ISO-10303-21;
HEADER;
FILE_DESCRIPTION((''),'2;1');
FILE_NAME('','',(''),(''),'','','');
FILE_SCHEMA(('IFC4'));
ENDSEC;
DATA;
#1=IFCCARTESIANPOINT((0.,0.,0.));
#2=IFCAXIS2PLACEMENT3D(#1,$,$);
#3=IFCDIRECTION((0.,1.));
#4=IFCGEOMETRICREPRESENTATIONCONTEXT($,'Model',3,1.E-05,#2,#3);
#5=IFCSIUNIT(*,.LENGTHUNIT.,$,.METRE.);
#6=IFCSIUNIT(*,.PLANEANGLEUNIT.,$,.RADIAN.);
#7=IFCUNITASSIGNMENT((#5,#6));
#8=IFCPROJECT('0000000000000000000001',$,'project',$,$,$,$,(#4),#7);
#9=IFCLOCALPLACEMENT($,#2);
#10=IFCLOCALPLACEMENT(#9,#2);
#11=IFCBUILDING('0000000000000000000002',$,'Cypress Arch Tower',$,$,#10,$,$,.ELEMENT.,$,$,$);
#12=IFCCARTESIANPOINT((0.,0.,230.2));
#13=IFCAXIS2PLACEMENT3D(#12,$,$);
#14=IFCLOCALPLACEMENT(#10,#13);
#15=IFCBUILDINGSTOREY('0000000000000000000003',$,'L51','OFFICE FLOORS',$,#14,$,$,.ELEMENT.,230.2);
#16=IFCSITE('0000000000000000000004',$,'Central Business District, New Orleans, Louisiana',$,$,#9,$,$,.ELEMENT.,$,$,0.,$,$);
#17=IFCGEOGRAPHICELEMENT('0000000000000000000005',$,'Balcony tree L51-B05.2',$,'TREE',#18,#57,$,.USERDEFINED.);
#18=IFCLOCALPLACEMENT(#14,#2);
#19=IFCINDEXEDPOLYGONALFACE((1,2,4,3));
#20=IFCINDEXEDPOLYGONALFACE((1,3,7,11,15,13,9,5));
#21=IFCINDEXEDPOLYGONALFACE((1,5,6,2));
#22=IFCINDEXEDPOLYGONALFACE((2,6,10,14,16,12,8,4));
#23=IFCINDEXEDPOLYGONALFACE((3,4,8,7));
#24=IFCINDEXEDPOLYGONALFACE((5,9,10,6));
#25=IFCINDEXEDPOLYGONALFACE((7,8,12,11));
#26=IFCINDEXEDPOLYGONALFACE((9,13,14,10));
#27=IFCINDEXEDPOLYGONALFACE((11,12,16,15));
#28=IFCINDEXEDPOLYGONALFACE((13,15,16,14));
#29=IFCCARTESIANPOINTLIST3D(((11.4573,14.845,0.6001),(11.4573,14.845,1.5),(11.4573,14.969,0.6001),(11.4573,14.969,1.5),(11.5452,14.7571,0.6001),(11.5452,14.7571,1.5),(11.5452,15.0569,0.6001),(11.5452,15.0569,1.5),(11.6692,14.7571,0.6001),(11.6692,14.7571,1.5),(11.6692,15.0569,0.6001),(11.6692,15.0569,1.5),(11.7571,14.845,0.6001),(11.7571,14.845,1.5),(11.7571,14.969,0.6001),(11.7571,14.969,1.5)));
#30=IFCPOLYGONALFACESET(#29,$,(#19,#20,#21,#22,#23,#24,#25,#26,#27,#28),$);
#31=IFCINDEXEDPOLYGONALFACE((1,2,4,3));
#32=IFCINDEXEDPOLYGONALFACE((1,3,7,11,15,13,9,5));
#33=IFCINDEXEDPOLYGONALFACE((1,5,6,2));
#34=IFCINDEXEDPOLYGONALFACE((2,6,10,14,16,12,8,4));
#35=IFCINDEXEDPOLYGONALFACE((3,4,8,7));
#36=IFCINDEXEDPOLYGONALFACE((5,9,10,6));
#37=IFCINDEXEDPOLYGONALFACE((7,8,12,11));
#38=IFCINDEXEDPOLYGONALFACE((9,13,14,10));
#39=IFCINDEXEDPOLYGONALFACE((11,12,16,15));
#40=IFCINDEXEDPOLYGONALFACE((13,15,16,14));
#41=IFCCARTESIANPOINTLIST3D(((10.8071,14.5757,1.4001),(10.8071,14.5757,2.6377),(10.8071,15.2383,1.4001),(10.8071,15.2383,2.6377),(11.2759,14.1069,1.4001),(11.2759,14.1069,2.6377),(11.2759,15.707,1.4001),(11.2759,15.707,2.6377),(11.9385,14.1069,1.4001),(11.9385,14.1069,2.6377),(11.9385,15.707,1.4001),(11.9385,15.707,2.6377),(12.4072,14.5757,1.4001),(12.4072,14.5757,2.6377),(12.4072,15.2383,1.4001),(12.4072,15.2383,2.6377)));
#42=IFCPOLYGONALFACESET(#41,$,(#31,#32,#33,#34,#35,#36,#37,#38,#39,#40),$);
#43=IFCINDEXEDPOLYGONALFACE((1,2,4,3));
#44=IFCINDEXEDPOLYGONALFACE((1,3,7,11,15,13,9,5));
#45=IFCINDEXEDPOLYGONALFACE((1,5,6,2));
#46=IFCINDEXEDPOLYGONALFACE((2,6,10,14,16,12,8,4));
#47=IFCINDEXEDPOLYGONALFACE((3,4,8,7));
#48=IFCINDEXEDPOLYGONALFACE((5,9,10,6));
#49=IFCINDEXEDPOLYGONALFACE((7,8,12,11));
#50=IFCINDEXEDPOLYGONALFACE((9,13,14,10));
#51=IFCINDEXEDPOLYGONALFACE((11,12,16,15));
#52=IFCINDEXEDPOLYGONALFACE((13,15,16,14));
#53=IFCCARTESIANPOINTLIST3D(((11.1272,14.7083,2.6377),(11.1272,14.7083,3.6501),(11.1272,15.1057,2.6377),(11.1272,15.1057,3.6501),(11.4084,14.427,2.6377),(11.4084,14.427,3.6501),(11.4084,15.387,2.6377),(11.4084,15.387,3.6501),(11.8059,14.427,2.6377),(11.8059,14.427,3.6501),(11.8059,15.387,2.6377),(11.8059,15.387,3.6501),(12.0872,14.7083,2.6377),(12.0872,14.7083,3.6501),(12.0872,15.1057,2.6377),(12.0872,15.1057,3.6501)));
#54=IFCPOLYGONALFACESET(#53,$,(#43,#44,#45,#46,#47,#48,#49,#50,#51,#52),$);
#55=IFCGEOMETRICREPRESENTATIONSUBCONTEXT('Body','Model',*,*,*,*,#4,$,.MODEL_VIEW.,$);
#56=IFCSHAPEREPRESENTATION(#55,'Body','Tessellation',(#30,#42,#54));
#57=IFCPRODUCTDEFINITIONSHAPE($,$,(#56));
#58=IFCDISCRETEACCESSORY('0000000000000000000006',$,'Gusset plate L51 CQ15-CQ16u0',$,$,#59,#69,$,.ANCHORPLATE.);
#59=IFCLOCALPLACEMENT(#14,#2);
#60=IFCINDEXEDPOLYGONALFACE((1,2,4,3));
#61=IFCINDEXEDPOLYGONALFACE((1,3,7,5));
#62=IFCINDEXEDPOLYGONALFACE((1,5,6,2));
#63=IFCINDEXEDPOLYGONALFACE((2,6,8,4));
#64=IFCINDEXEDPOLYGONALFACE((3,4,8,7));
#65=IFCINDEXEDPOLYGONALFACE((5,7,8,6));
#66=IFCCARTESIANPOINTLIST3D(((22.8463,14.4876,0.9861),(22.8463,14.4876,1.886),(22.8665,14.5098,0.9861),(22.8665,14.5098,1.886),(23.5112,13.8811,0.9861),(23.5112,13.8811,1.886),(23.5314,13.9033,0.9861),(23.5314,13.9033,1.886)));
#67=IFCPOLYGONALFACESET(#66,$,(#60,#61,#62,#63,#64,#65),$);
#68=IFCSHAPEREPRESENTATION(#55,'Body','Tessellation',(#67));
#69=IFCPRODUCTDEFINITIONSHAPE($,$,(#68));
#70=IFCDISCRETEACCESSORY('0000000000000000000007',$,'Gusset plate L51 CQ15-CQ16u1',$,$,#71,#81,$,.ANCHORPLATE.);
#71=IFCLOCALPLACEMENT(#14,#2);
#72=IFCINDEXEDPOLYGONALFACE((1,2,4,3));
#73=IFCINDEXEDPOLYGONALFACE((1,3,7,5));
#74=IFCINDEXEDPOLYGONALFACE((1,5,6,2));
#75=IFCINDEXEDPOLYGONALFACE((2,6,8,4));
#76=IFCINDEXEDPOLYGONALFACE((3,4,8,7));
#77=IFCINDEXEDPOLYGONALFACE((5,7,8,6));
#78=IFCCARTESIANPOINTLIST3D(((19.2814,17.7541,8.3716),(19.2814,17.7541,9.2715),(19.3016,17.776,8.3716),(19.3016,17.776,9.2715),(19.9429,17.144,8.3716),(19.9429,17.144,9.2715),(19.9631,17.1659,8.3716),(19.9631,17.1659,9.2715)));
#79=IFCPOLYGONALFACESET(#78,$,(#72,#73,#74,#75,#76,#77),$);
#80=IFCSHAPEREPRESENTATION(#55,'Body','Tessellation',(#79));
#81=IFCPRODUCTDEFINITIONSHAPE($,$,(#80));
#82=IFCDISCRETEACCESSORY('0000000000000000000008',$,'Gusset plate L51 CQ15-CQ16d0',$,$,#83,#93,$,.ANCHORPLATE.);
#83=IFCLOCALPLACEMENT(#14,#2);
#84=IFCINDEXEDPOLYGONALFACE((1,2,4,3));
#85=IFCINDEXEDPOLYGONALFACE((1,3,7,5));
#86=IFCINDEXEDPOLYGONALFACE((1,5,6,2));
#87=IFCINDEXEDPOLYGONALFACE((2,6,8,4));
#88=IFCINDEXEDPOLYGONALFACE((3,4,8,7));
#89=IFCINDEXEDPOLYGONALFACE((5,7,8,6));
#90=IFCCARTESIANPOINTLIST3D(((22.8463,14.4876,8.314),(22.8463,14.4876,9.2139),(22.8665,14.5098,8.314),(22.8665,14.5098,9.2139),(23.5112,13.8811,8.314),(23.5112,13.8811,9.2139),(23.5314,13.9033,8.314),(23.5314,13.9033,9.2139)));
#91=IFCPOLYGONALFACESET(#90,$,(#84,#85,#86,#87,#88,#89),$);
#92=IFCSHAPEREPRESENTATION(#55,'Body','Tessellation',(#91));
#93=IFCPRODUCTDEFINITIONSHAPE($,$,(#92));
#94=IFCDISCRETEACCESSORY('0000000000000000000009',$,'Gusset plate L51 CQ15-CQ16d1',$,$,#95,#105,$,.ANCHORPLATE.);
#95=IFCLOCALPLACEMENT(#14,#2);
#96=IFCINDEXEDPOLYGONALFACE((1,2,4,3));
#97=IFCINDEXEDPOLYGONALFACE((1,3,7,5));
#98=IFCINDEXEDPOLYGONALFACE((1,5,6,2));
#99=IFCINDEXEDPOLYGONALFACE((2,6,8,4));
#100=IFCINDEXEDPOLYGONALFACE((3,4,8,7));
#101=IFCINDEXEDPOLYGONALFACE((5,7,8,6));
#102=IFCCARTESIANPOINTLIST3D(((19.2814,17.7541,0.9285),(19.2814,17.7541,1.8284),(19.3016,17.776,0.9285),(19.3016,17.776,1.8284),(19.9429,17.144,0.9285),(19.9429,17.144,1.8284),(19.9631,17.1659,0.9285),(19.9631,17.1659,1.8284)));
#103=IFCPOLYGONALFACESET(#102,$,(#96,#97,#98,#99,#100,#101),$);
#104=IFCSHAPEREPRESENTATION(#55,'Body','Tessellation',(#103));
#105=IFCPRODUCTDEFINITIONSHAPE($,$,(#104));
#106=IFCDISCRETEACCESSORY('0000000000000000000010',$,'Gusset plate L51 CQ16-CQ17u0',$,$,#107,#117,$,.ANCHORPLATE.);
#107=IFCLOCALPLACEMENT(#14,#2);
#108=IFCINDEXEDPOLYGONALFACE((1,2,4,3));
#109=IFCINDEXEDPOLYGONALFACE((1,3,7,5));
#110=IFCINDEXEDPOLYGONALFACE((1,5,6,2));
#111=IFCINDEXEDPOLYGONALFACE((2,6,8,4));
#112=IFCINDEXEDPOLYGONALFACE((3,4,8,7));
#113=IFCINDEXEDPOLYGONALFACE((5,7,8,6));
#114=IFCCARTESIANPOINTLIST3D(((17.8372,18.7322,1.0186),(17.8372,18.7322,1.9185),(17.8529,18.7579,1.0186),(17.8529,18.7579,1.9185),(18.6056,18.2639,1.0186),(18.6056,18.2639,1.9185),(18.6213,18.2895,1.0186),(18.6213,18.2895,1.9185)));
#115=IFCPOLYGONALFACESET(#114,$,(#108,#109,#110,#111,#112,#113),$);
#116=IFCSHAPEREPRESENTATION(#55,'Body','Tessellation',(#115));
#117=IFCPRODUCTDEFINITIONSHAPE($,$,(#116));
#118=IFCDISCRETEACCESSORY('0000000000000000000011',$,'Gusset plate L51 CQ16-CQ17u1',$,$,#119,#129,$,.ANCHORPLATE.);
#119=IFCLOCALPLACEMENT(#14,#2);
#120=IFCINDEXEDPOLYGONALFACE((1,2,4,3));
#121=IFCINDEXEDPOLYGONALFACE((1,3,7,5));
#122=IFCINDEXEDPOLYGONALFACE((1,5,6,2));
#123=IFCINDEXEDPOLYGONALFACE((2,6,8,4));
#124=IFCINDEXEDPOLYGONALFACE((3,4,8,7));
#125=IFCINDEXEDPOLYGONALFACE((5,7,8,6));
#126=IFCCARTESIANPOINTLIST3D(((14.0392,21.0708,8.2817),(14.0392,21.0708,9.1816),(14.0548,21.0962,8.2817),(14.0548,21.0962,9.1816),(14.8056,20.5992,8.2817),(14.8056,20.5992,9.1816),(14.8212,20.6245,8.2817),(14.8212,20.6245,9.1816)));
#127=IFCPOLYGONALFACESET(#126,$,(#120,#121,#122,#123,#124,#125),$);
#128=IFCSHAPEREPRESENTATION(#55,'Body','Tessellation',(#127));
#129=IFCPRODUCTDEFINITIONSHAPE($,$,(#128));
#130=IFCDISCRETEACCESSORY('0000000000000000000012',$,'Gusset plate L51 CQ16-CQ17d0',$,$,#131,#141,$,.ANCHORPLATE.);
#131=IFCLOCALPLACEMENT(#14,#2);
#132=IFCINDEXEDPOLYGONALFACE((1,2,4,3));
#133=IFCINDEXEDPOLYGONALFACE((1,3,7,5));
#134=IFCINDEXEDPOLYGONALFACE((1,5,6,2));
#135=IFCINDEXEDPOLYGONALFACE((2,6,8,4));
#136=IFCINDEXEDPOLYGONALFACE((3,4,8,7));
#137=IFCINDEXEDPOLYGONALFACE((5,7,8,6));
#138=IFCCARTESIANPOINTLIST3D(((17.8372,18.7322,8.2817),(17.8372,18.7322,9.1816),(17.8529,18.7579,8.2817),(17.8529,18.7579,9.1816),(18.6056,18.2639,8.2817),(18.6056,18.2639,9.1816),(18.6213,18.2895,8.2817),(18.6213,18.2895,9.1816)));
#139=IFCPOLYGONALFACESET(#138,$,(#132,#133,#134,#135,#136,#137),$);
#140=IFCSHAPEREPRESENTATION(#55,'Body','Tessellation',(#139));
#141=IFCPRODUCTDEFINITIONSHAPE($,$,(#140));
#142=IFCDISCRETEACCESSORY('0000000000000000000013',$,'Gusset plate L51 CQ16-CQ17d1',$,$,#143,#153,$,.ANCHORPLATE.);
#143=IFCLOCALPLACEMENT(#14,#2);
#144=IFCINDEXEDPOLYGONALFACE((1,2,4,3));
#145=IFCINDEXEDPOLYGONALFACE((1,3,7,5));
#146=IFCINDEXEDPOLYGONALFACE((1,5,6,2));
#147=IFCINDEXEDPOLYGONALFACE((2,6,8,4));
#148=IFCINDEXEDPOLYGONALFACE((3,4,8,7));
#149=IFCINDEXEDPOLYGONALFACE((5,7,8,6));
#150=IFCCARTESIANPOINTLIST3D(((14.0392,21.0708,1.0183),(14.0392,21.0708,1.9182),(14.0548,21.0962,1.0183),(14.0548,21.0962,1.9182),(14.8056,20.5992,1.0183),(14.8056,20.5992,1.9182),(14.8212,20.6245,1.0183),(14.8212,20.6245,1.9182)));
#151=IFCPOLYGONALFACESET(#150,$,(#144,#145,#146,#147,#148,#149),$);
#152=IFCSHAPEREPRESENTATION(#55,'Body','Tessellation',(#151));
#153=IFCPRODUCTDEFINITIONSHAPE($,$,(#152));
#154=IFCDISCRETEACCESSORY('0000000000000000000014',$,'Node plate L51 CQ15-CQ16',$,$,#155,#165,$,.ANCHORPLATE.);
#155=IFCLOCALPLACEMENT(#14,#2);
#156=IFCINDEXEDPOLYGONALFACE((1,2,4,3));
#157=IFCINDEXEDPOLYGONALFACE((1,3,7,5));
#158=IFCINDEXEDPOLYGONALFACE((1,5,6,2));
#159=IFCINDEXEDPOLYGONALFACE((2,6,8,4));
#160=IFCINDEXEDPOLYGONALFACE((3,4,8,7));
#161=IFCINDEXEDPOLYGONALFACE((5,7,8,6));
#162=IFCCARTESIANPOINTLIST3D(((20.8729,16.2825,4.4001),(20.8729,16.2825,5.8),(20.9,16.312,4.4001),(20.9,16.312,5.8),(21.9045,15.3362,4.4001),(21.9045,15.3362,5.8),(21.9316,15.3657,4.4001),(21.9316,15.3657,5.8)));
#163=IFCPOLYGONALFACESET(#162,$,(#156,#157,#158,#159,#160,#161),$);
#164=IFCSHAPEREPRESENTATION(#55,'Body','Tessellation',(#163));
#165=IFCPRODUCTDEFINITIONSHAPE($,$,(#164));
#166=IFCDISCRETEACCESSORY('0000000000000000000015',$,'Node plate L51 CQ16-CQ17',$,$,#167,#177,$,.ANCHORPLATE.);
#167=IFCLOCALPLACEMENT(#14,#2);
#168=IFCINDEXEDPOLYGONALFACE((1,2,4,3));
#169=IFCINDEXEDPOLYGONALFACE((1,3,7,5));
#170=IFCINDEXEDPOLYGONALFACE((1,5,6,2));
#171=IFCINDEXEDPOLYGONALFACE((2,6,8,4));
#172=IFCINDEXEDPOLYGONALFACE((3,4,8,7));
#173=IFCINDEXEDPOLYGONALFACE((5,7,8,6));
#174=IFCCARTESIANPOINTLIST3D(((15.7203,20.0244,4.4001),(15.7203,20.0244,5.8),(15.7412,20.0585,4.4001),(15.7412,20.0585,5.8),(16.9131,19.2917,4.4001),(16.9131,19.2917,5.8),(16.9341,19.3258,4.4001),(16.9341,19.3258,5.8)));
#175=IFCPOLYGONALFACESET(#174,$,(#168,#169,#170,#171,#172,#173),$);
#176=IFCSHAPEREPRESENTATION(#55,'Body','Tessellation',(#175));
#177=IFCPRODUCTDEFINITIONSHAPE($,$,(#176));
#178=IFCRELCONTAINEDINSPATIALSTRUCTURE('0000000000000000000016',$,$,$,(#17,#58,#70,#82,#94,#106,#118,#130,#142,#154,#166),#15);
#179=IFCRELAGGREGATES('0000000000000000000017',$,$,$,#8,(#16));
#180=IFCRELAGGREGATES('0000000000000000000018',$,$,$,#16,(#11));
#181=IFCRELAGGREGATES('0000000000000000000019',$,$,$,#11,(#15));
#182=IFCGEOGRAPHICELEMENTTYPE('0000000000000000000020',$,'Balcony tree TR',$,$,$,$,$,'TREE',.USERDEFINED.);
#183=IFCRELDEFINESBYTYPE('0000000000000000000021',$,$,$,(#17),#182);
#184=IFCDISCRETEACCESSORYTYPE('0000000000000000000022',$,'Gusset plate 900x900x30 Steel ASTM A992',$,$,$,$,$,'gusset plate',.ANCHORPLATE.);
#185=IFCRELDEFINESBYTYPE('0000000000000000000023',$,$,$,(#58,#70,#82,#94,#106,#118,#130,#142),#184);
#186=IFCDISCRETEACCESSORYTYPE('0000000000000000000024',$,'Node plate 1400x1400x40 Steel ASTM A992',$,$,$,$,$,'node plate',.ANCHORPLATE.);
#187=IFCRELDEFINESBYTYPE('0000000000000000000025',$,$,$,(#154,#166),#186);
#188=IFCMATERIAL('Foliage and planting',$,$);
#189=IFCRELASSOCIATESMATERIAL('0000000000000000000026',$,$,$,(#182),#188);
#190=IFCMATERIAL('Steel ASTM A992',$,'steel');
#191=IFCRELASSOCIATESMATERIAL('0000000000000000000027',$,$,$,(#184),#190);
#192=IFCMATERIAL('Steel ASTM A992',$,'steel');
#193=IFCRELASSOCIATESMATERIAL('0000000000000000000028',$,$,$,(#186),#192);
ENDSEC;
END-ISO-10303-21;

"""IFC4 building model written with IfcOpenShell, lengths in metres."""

from ifc_helpers import new_model, si_unit, direction, frame, origin, origin_2d, place, context, subcontext, project, spatial, polyline, rectangle, outline, extrude, material, material_profile, profile_set, type_object, element, save


model = new_model("IFC4")

# Units and contexts
model_context = context("Model", 3, precision=1e-05, world=origin(), true_north=direction((0.0, 1.0)))
body_context = subcontext(model_context, "Body", "Model", "MODEL_VIEW")
ifc_project = project(units=[si_unit("LENGTHUNIT", "METRE"), si_unit("PLANEANGLEUNIT", "RADIAN")], contexts=[model_context])

# Site, building, storey
site_placement = place(None, origin())
site = spatial("IfcSite", under=ifc_project, at=site_placement, Name="Central Business District, New Orleans, Louisiana", CompositionType="ELEMENT", RefElevation=0.0)
building_placement = place(site_placement, origin())
building = spatial("IfcBuilding", under=site, at=building_placement, Name="Cypress Arch Tower", CompositionType="ELEMENT")
storey_placement = place(building_placement, frame((0.0, 0.0, 230.2)))
storey = spatial("IfcBuildingStorey", under=building, at=storey_placement, Name="L51", Description="OFFICE FLOORS", CompositionType="ELEMENT", Elevation=230.2)

# Geographic element
ifc_material_1 = material(Name="Foliage and planting")
geographic_element_type = type_object("IfcGeographicElementType", Name="Balcony tree TR", ElementType="TREE", PredefinedType="USERDEFINED", material=ifc_material_1)
geographic_element_placement = place(storey_placement, frame((11.6072, 14.907, 0.6001), z_axis=(0.0, 0.0, 1.0), x_axis=(1.0, 0.0, 0.0)))
element("IfcGeographicElement", 1, at=geographic_element_placement, inside=storey, type_object=geographic_element_type, Name="Balcony tree L51-B05.2", ObjectType="TREE", PredefinedType="USERDEFINED", context=body_context, shape_type="SweptSolid", body=[
    extrude(outline(polyline([(0.1499, 0.062), (0.062, 0.1499), (-0.062, 0.1499), (-0.1499, 0.062), (-0.1499, -0.062), (-0.062, -0.1499), (0.062, -0.1499), (0.1499, -0.062), (0.1499, 0.062)])), origin(), (0.0, 0.0, 1.0), 0.8999),
    extrude(outline(polyline([(0.8, 0.3313), (0.3313, 0.8), (-0.3313, 0.8), (-0.8, 0.3313), (-0.8, -0.3313), (-0.3313, -0.8), (0.3313, -0.8), (0.8, -0.3313), (0.8, 0.3313)])), frame((0.0, 0.0, 0.8)), (0.0, 0.0, 1.0), 1.2375),
    extrude(outline(polyline([(0.48, 0.1987), (0.1987, 0.48), (-0.1987, 0.48), (-0.48, 0.1987), (-0.48, -0.1987), (-0.1987, -0.48), (0.1987, -0.48), (0.48, -0.1987), (0.48, 0.1987)])), frame((0.0, 0.0, 2.0376)), (0.0, 0.0, 1.0), 1.0125),
])

# Discrete accessories
ifc_material_2 = material(Name="Steel ASTM A992", Category="steel")
ifc_material_profile_1 = material_profile(ifc_material_2, rectangle(XDim=0.8999, YDim=0.8999, at=origin_2d()), Name="PL 30 900x900")
ifc_profile_set_1 = profile_set([ifc_material_profile_1], Name="Steel ASTM A992")
discrete_accessory_type_1 = type_object("IfcDiscreteAccessoryType", Name="Gusset plate 900x900x30 Steel ASTM A992", ElementType="gusset plate", PredefinedType="ANCHORPLATE", material=ifc_profile_set_1)
discrete_accessory_1_placement = place(storey_placement, frame((23.199, 14.2065, 1.436), z_axis=(-0.673884, -0.738837, 0.0), x_axis=(0.738837, -0.673884, 0.0)))
element("IfcDiscreteAccessory", 2, at=discrete_accessory_1_placement, inside=storey, type_object=discrete_accessory_type_1, Name="Gusset plate L51 CQ15-CQ16u0", PredefinedType="ANCHORPLATE", context=body_context, shape_type="SweptSolid", body=[
    extrude(rectangle(XDim=0.8999, YDim=0.8999, at=origin_2d()), origin(), (0.0, 0.0, 1.0), 0.03),
])
discrete_accessory_2_placement = place(storey_placement, frame((19.6323, 17.4709, 8.8215), z_axis=(-0.677941, -0.735117, 0.0), x_axis=(0.735117, -0.677941, 0.0)))
element("IfcDiscreteAccessory", 3, at=discrete_accessory_2_placement, inside=storey, type_object=discrete_accessory_type_1, Name="Gusset plate L51 CQ15-CQ16u1", PredefinedType="ANCHORPLATE", context=body_context, shape_type="SweptSolid", body=[
    extrude(rectangle(XDim=0.8999, YDim=0.8999, at=origin_2d()), origin(), (0.0, 0.0, 1.0), 0.0298),
])
discrete_accessory_3_placement = place(storey_placement, frame((23.199, 14.2065, 8.7639), z_axis=(-0.673884, -0.738837, 0.0), x_axis=(0.738837, -0.673884, 0.0)))
element("IfcDiscreteAccessory", 4, at=discrete_accessory_3_placement, inside=storey, type_object=discrete_accessory_type_1, Name="Gusset plate L51 CQ15-CQ16d0", PredefinedType="ANCHORPLATE", context=body_context, shape_type="SweptSolid", body=[
    extrude(rectangle(XDim=0.8999, YDim=0.8999, at=origin_2d()), origin(), (0.0, 0.0, 1.0), 0.03),
])
discrete_accessory_4_placement = place(storey_placement, frame((19.6323, 17.4709, 1.3784), z_axis=(-0.677941, -0.735117, 0.0), x_axis=(0.735117, -0.677941, 0.0)))
element("IfcDiscreteAccessory", 5, at=discrete_accessory_4_placement, inside=storey, type_object=discrete_accessory_type_1, Name="Gusset plate L51 CQ15-CQ16d1", PredefinedType="ANCHORPLATE", context=body_context, shape_type="SweptSolid", body=[
    extrude(rectangle(XDim=0.8999, YDim=0.8999, at=origin_2d()), origin(), (0.0, 0.0, 1.0), 0.0298),
])
discrete_accessory_5_placement = place(storey_placement, frame((18.2371, 18.5237, 1.4685), z_axis=(-0.520463, -0.853884, 0.0), x_axis=(0.853884, -0.520463, 0.0)))
element("IfcDiscreteAccessory", 6, at=discrete_accessory_5_placement, inside=storey, type_object=discrete_accessory_type_1, Name="Gusset plate L51 CQ16-CQ17u0", PredefinedType="ANCHORPLATE", context=body_context, shape_type="SweptSolid", body=[
    extrude(rectangle(XDim=0.8999, YDim=0.8999, at=origin_2d()), origin(), (0.0, 0.0, 1.0), 0.03),
])
discrete_accessory_6_placement = place(storey_placement, frame((14.438, 20.8604, 8.7317), z_axis=(-0.524097, -0.851658, 0.0), x_axis=(0.851658, -0.524097, 0.0)))
element("IfcDiscreteAccessory", 7, at=discrete_accessory_6_placement, inside=storey, type_object=discrete_accessory_type_1, Name="Gusset plate L51 CQ16-CQ17u1", PredefinedType="ANCHORPLATE", context=body_context, shape_type="SweptSolid", body=[
    extrude(rectangle(XDim=0.8999, YDim=0.8999, at=origin_2d()), origin(), (0.0, 0.0, 1.0), 0.0298),
])
discrete_accessory_7_placement = place(storey_placement, frame((18.2371, 18.5237, 8.7317), z_axis=(-0.520463, -0.853884, 0.0), x_axis=(0.853884, -0.520463, 0.0)))
element("IfcDiscreteAccessory", 8, at=discrete_accessory_7_placement, inside=storey, type_object=discrete_accessory_type_1, Name="Gusset plate L51 CQ16-CQ17d0", PredefinedType="ANCHORPLATE", context=body_context, shape_type="SweptSolid", body=[
    extrude(rectangle(XDim=0.8999, YDim=0.8999, at=origin_2d()), origin(), (0.0, 0.0, 1.0), 0.03),
])
discrete_accessory_8_placement = place(storey_placement, frame((14.438, 20.8604, 1.4683), z_axis=(-0.524097, -0.851658, 0.0), x_axis=(0.851658, -0.524097, 0.0)))
element("IfcDiscreteAccessory", 9, at=discrete_accessory_8_placement, inside=storey, type_object=discrete_accessory_type_1, Name="Gusset plate L51 CQ16-CQ17d1", PredefinedType="ANCHORPLATE", context=body_context, shape_type="SweptSolid", body=[
    extrude(rectangle(XDim=0.8999, YDim=0.8999, at=origin_2d()), origin(), (0.0, 0.0, 1.0), 0.0298),
])
ifc_material_3 = material(Name="Steel ASTM A992", Category="steel")
ifc_material_profile_2 = material_profile(ifc_material_3, rectangle(XDim=1.3999, YDim=1.3999, at=origin_2d()), Name="PL 40 1400x1400")
ifc_profile_set_2 = profile_set([ifc_material_profile_2], Name="Steel ASTM A992")
discrete_accessory_type_2 = type_object("IfcDiscreteAccessoryType", Name="Node plate 1400x1400x40 Steel ASTM A992", ElementType="node plate", PredefinedType="ANCHORPLATE", material=ifc_profile_set_2)
for number, where, z_axis, x_axis, name in (
    (10, (21.4158, 15.8389, 5.1001), (-0.676, -0.736901, 0.0), (0.736901, -0.676, 0.0), "Node plate L51 CQ15-CQ16"),
    (11, (16.3376, 19.6921, 5.1001), (-0.523418, -0.852076, 0.0), (0.852076, -0.523418, 0.0), "Node plate L51 CQ16-CQ17"),
):
    element("IfcDiscreteAccessory", number, at=place(storey_placement, frame(where, z_axis=z_axis, x_axis=x_axis)), inside=storey, type_object=discrete_accessory_type_2, Name=name, PredefinedType="ANCHORPLATE", context=body_context, shape_type="SweptSolid", body=[
        extrude(rectangle(XDim=1.3999, YDim=1.3999, at=origin_2d()), origin(), (0.0, 0.0, 1.0), 0.04),
    ])

save(model, "model.ifc")
